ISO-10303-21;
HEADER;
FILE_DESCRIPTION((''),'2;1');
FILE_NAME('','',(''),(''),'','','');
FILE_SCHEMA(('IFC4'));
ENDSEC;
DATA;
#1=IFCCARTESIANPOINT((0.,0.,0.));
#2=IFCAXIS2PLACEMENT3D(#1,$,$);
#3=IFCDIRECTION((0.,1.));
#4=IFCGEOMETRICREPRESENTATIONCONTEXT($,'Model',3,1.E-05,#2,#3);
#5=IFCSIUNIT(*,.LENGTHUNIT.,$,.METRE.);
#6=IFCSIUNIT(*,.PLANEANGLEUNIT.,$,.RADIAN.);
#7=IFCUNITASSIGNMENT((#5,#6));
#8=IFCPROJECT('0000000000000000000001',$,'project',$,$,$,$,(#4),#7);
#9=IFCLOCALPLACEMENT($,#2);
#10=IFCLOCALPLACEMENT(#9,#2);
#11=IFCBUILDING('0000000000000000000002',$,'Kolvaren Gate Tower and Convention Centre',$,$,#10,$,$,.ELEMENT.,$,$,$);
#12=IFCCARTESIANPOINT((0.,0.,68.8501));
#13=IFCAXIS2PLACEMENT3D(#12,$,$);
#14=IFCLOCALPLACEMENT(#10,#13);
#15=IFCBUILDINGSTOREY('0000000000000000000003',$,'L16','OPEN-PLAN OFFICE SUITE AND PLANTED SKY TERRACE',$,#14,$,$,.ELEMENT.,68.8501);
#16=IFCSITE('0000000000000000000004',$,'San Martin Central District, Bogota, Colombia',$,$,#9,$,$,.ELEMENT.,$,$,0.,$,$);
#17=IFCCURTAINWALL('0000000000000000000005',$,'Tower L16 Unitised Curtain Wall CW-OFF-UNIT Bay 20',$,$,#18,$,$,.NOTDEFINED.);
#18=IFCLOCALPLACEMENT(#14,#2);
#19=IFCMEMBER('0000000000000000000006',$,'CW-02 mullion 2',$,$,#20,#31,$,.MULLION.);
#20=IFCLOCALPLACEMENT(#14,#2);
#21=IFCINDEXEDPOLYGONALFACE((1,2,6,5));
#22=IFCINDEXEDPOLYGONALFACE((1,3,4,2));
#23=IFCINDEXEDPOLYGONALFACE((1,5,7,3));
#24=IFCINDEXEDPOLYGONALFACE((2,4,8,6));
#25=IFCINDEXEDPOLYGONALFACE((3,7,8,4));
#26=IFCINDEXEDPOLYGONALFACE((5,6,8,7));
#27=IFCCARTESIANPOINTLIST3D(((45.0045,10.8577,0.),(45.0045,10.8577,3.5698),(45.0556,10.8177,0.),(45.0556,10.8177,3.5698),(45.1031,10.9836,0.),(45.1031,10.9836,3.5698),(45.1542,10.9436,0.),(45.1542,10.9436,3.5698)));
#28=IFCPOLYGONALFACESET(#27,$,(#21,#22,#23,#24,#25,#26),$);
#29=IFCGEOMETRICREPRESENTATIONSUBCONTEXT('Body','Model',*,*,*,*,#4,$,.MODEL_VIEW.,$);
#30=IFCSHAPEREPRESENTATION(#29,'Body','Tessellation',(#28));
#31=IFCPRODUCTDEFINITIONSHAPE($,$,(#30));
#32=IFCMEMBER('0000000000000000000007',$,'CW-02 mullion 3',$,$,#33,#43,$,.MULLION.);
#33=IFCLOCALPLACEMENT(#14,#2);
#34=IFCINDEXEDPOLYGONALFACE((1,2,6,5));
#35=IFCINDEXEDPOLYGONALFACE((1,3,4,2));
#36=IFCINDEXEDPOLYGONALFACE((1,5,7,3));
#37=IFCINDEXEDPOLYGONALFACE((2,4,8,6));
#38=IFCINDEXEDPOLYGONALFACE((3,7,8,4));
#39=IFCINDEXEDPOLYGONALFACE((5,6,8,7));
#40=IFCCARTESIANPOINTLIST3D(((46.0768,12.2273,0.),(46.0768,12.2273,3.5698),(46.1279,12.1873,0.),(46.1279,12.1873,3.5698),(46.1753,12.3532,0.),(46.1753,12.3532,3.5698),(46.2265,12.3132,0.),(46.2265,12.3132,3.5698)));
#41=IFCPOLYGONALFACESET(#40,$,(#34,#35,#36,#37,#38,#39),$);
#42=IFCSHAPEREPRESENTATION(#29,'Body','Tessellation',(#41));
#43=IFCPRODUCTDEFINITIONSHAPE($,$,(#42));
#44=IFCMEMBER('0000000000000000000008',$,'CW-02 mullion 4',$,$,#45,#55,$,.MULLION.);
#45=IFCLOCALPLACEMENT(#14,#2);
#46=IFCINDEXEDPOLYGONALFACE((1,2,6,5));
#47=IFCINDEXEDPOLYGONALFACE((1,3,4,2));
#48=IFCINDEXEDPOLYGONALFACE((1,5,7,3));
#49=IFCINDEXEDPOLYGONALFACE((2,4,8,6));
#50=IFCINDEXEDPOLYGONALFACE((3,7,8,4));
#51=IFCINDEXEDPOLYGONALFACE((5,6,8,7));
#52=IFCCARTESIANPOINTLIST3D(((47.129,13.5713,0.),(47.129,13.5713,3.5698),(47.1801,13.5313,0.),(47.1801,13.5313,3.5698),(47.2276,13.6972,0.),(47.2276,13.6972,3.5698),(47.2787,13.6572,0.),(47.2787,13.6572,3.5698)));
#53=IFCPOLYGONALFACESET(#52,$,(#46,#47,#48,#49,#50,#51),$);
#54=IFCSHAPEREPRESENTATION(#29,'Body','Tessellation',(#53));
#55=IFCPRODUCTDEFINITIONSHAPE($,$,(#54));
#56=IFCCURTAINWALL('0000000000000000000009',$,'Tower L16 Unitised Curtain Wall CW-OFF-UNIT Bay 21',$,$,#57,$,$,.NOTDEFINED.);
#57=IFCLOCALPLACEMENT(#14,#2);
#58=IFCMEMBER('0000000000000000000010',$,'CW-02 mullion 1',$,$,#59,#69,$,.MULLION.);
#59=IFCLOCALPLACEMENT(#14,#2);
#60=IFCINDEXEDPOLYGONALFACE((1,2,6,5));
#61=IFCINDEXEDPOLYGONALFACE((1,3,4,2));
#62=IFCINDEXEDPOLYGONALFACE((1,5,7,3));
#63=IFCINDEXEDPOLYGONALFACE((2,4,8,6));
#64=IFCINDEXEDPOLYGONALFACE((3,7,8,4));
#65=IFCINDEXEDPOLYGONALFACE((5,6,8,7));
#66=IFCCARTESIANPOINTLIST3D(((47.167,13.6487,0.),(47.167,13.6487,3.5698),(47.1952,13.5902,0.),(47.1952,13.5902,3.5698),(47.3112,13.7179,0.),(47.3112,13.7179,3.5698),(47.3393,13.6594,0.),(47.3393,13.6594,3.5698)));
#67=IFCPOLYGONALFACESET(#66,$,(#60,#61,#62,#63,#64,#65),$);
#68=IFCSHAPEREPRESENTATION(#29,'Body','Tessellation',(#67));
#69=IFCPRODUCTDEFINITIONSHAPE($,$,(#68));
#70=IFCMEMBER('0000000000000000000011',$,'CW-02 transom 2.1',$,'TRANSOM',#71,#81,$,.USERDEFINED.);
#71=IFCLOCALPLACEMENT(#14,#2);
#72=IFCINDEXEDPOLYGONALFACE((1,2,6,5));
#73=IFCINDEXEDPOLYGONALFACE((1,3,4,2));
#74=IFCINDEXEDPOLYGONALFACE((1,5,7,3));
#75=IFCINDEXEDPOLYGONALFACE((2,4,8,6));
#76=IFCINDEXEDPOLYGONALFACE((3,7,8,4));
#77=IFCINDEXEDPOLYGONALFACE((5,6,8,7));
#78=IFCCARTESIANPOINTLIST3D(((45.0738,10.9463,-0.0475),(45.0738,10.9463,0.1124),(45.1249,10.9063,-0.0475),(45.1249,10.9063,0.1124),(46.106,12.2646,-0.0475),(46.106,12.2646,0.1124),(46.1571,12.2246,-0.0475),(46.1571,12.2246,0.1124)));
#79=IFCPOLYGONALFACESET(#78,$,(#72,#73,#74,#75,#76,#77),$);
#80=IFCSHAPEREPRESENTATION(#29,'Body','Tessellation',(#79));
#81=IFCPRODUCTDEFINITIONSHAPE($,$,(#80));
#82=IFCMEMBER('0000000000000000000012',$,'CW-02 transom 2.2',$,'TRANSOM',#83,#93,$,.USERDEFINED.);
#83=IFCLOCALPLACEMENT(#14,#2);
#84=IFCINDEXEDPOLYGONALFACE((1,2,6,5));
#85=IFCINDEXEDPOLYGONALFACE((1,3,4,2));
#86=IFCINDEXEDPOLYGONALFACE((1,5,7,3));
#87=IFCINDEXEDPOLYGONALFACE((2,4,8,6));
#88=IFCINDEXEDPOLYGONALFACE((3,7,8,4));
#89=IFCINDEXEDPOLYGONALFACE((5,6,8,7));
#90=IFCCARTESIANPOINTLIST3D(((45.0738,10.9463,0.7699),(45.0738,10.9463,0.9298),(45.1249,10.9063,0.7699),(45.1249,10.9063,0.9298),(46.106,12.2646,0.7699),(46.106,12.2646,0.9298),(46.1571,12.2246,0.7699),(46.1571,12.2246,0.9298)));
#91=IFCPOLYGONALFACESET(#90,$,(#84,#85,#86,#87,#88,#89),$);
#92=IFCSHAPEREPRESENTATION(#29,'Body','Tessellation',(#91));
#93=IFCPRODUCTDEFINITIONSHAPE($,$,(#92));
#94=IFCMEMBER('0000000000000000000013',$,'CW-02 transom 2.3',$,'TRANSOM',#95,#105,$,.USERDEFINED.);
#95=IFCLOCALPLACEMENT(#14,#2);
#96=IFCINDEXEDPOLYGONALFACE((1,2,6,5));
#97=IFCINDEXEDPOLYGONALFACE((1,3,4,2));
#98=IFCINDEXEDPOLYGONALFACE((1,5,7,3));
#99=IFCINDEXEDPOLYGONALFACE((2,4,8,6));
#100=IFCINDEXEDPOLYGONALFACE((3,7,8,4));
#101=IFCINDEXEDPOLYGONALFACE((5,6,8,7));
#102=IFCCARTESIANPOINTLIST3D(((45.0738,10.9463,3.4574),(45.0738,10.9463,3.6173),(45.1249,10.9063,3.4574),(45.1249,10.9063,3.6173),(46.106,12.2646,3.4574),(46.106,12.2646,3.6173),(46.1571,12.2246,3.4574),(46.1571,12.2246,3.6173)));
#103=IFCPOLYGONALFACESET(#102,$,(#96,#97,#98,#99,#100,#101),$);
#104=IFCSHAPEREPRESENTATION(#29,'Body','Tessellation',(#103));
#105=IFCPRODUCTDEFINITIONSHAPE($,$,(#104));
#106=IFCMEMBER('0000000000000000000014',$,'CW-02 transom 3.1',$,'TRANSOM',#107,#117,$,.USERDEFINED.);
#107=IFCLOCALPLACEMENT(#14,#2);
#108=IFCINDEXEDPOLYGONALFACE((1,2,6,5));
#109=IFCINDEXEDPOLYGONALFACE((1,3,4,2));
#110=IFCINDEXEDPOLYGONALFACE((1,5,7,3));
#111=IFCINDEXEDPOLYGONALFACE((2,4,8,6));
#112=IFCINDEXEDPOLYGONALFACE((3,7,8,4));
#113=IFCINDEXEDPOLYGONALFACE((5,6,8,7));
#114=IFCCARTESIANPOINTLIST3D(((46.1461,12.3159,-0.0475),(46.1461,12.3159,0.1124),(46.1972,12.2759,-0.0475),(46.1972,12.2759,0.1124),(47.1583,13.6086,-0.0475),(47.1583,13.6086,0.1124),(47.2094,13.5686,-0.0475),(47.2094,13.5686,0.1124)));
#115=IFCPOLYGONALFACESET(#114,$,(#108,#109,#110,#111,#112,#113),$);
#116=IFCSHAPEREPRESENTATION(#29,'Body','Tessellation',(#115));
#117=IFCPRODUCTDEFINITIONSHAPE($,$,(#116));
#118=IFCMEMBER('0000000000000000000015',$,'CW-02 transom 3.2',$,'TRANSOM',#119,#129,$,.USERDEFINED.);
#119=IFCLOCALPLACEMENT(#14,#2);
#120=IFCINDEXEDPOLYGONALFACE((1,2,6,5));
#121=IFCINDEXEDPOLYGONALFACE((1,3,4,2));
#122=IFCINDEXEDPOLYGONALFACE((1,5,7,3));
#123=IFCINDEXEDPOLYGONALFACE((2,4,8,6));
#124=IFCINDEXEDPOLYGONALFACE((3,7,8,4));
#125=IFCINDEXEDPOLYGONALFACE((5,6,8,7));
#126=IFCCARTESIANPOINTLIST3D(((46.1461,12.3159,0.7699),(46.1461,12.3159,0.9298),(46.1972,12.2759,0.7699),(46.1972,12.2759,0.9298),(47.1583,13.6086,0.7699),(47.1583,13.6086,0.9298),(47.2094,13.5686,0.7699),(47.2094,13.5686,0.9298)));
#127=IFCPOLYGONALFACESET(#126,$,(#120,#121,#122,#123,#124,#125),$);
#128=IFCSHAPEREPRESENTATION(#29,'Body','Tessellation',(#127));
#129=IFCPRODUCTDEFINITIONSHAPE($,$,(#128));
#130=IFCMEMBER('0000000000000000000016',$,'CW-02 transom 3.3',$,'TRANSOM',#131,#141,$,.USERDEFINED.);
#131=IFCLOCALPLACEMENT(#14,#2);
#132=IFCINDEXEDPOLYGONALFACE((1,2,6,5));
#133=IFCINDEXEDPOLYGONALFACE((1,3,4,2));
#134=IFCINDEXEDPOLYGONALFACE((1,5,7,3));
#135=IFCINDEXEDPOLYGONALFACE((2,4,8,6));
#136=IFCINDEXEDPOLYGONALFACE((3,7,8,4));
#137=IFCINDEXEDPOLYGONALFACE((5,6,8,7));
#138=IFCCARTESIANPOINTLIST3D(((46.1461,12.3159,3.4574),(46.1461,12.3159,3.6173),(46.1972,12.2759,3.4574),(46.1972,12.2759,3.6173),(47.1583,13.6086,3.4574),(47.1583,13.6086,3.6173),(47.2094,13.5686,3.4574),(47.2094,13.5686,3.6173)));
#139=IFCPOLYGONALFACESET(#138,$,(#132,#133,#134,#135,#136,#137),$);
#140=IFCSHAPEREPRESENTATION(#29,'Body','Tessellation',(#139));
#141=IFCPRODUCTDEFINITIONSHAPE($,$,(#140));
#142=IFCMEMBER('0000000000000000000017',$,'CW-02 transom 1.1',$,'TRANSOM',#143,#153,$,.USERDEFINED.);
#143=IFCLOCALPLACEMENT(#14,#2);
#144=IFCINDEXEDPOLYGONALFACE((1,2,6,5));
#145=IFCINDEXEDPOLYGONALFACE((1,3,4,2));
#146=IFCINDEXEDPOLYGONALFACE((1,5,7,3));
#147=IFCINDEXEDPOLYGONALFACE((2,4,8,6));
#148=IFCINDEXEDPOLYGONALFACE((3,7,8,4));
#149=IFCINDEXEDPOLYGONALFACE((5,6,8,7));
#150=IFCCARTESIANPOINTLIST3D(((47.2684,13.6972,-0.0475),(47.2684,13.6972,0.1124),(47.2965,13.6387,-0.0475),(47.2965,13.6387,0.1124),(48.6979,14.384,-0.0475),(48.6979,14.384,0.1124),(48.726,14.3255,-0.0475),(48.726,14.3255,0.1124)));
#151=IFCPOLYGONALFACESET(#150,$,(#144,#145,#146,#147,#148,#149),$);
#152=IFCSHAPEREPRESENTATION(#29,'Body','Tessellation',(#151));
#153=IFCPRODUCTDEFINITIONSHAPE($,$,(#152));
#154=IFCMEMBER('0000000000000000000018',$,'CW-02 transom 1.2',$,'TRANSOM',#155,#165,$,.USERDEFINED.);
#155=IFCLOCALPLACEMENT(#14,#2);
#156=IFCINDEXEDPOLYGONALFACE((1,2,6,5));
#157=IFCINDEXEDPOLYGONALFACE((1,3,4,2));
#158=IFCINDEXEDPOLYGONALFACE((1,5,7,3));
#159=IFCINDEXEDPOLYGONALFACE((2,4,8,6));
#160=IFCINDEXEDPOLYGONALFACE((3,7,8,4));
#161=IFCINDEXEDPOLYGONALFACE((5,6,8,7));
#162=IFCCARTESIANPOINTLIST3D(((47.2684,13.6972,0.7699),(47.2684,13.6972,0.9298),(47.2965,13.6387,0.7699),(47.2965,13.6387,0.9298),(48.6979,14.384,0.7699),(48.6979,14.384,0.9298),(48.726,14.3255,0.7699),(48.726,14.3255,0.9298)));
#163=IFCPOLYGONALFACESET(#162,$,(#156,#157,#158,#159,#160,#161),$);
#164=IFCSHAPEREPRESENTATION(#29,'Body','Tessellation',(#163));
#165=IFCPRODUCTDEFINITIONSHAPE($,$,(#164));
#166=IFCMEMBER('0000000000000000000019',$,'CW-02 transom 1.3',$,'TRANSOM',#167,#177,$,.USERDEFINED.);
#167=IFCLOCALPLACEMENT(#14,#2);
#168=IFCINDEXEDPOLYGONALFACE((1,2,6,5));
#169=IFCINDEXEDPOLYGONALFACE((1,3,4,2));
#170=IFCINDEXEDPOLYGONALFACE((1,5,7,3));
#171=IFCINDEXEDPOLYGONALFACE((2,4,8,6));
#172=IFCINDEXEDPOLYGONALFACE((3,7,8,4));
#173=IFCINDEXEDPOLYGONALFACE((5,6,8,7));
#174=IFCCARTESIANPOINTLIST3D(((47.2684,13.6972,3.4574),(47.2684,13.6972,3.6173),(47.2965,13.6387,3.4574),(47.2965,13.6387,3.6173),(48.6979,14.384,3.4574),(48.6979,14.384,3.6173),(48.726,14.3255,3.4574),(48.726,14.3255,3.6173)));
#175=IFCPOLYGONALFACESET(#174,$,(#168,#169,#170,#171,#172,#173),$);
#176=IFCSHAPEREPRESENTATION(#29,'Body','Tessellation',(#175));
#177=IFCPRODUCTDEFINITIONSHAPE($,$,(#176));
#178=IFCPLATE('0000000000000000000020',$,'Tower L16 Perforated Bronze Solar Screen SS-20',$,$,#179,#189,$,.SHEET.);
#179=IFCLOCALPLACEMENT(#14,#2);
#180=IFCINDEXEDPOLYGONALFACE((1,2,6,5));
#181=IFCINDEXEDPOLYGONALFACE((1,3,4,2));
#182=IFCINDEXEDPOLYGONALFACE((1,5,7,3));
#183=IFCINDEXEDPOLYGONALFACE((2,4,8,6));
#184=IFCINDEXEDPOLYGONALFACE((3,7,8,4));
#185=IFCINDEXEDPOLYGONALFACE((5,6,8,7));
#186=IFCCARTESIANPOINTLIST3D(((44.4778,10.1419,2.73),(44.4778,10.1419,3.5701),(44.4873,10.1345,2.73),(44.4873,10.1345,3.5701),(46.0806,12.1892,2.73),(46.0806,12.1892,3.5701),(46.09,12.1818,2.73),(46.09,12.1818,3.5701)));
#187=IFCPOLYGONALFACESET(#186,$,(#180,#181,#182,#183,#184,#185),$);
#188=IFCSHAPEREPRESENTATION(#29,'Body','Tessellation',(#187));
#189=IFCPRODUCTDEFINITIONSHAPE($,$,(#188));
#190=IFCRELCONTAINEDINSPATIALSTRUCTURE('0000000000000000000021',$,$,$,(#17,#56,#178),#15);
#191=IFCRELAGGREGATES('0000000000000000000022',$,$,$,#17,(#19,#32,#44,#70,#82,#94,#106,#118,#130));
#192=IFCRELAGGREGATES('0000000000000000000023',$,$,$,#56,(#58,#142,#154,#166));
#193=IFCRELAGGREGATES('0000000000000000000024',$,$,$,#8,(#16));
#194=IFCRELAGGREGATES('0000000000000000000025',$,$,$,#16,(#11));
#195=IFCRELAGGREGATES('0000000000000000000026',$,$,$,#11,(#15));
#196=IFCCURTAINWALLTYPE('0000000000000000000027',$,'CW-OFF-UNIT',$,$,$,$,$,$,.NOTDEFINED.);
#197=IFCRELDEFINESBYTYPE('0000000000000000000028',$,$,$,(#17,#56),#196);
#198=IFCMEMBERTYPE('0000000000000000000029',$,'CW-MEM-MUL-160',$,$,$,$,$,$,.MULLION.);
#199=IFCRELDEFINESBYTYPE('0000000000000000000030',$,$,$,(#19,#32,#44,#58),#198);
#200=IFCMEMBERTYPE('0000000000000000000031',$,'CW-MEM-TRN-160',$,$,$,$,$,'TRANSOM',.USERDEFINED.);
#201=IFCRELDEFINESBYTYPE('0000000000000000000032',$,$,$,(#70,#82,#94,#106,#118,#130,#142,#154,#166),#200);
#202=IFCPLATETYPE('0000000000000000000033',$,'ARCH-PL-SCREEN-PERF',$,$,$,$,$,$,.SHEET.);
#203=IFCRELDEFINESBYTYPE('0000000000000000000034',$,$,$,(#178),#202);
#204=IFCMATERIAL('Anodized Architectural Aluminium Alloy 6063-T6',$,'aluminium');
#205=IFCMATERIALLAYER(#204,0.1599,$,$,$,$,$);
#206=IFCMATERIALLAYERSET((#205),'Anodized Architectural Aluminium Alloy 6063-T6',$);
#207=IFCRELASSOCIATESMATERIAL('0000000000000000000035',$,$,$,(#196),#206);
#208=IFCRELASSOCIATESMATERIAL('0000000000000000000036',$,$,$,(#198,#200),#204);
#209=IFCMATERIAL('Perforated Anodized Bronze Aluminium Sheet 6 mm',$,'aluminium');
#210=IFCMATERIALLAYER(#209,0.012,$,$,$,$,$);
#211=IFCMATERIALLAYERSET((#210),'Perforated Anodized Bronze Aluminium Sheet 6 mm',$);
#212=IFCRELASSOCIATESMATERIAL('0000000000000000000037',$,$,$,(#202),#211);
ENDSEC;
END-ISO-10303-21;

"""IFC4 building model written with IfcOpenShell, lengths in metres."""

from ifc_helpers import new_model, si_unit, direction, frame, origin, origin_2d, place, context, subcontext, project, spatial, rectangle, extrude, material, layer, layer_set, material_profile, profile_set, type_object, element, aggregate, save


model = new_model("IFC4")

# Units and contexts
model_context = context("Model", 3, precision=1e-05, world=origin(), true_north=direction((0.0, 1.0)))
body_context = subcontext(model_context, "Body", "Model", "MODEL_VIEW")
ifc_project = project(units=[si_unit("LENGTHUNIT", "METRE"), si_unit("PLANEANGLEUNIT", "RADIAN")], contexts=[model_context])

# Site, building, storey
site_placement = place(None, origin())
site = spatial("IfcSite", under=ifc_project, at=site_placement, Name="San Martin Central District, Bogota, Colombia", CompositionType="ELEMENT", RefElevation=0.0)
building_placement = place(site_placement, origin())
building = spatial("IfcBuilding", under=site, at=building_placement, Name="Kolvaren Gate Tower and Convention Centre", CompositionType="ELEMENT")
storey_placement = place(building_placement, frame((0.0, 0.0, 68.8501)))
storey = spatial("IfcBuildingStorey", under=building, at=storey_placement, Name="L16", Description="OPEN-PLAN OFFICE SUITE AND PLANTED SKY TERRACE", CompositionType="ELEMENT", Elevation=68.8501)

# Curtain wall, members
ifc_material_1 = material(Name="Anodized Architectural Aluminium Alloy 6063-T6", Category="aluminium")
ifc_layer_1 = layer(ifc_material_1, 0.1599)
ifc_layer_set_1 = layer_set([ifc_layer_1], Name="Anodized Architectural Aluminium Alloy 6063-T6")
curtain_wall_type = type_object("IfcCurtainWallType", Name="CW-OFF-UNIT", PredefinedType="NOTDEFINED", material=ifc_layer_set_1)
curtain_wall_1_placement = place(storey_placement, origin())
curtain_wall_1 = element("IfcCurtainWall", 1, at=curtain_wall_1_placement, inside=storey, type_object=curtain_wall_type, Name="Tower L16 Unitised Curtain Wall CW-OFF-UNIT Bay 20", PredefinedType="NOTDEFINED")
ifc_material_profile_1 = material_profile(ifc_material_1, rectangle(XDim=0.0649, YDim=0.1599, at=origin_2d()), Name="CW-MEM-MUL-160")
ifc_profile_set_1 = profile_set([ifc_material_profile_1], Name="Anodized Architectural Aluminium Alloy 6063-T6")
member_type_1 = type_object("IfcMemberType", Name="CW-MEM-MUL-160", PredefinedType="MULLION", material=ifc_profile_set_1)
member_1_placement = place(storey_placement, frame((45.0793, 10.9006, 0.0), z_axis=(0.0, 0.0, 1.0), x_axis=(-0.787406, 0.616434, 0.0)))
member_1 = element("IfcMember", 2, at=member_1_placement, type_object=member_type_1, Name="CW-02 mullion 2", PredefinedType="MULLION", context=body_context, shape_type="SweptSolid", body=[
    extrude(rectangle(XDim=0.0649, YDim=0.1599, at=origin_2d()), origin(), (0.0, 0.0, 1.0), 3.5698),
])
member_2_placement = place(storey_placement, frame((46.1516, 12.2703, 0.0), z_axis=(0.0, 0.0, 1.0), x_axis=(-0.787406, 0.616434, 0.0)))
member_2 = element("IfcMember", 3, at=member_2_placement, type_object=member_type_1, Name="CW-02 mullion 3", PredefinedType="MULLION", context=body_context, shape_type="SweptSolid", body=[
    extrude(rectangle(XDim=0.0649, YDim=0.1599, at=origin_2d()), origin(), (0.0, 0.0, 1.0), 3.5698),
])
member_3_placement = place(storey_placement, frame((47.2039, 13.6143, 0.0), z_axis=(0.0, 0.0, 1.0), x_axis=(-0.787406, 0.616434, 0.0)))
member_3 = element("IfcMember", 4, at=member_3_placement, type_object=member_type_1, Name="CW-02 mullion 4", PredefinedType="MULLION", context=body_context, shape_type="SweptSolid", body=[
    extrude(rectangle(XDim=0.0649, YDim=0.1599, at=origin_2d()), origin(), (0.0, 0.0, 1.0), 3.5698),
])

# Curtain wall, member
curtain_wall_2_placement = place(storey_placement, origin())
curtain_wall_2 = element("IfcCurtainWall", 5, at=curtain_wall_2_placement, inside=storey, type_object=curtain_wall_type, Name="Tower L16 Unitised Curtain Wall CW-OFF-UNIT Bay 21", PredefinedType="NOTDEFINED")
member_4_placement = place(storey_placement, frame((47.2532, 13.6541, 0.0), z_axis=(0.0, 0.0, 1.0), x_axis=(-0.433067, 0.901362, 0.0)))
member_4 = element("IfcMember", 6, at=member_4_placement, type_object=member_type_1, Name="CW-02 mullion 1", PredefinedType="MULLION", context=body_context, shape_type="SweptSolid", body=[
    extrude(rectangle(XDim=0.0649, YDim=0.1599, at=origin_2d()), origin(), (0.0, 0.0, 1.0), 3.5698),
])

# Members
ifc_material_profile_2 = material_profile(ifc_material_1, rectangle(XDim=0.0649, YDim=0.1599, at=origin_2d()), Name="CW-MEM-TRN-160")
ifc_profile_set_2 = profile_set([ifc_material_profile_2], Name="Anodized Architectural Aluminium Alloy 6063-T6")
member_type_2 = type_object("IfcMemberType", Name="CW-MEM-TRN-160", ElementType="TRANSOM", PredefinedType="USERDEFINED", material=ifc_profile_set_2)
member_5_placement = place(storey_placement, frame((45.0994, 10.9263, 0.0325), z_axis=(0.616481, 0.78737, 0.0), x_axis=(-0.78737, 0.616481, 0.0)))
member_5 = element("IfcMember", 7, at=member_5_placement, type_object=member_type_2, Name="CW-02 transom 2.1", ObjectType="TRANSOM", PredefinedType="USERDEFINED", context=body_context, shape_type="SweptSolid", body=[
    extrude(rectangle(XDim=0.0649, YDim=0.1599, at=origin_2d()), origin(), (0.0, 0.0, 1.0), 1.6743),
])
member_6_placement = place(storey_placement, frame((45.0994, 10.9263, 0.8499), z_axis=(0.616481, 0.78737, 0.0), x_axis=(-0.78737, 0.616481, 0.0)))
member_6 = element("IfcMember", 8, at=member_6_placement, type_object=member_type_2, Name="CW-02 transom 2.2", ObjectType="TRANSOM", PredefinedType="USERDEFINED", context=body_context, shape_type="SweptSolid", body=[
    extrude(rectangle(XDim=0.0649, YDim=0.1599, at=origin_2d()), origin(), (0.0, 0.0, 1.0), 1.6743),
])
member_7_placement = place(storey_placement, frame((45.0994, 10.9263, 3.5374), z_axis=(0.616481, 0.78737, 0.0), x_axis=(-0.78737, 0.616481, 0.0)))
member_7 = element("IfcMember", 9, at=member_7_placement, type_object=member_type_2, Name="CW-02 transom 2.3", ObjectType="TRANSOM", PredefinedType="USERDEFINED", context=body_context, shape_type="SweptSolid", body=[
    extrude(rectangle(XDim=0.0649, YDim=0.1599, at=origin_2d()), origin(), (0.0, 0.0, 1.0), 1.6743),
])
member_8_placement = place(storey_placement, frame((46.1716, 12.2959, 0.0325), z_axis=(0.616501, 0.787354, 0.0), x_axis=(-0.787354, 0.616501, 0.0)))
member_8 = element("IfcMember", 10, at=member_8_placement, type_object=member_type_2, Name="CW-02 transom 3.1", ObjectType="TRANSOM", PredefinedType="USERDEFINED", context=body_context, shape_type="SweptSolid", body=[
    extrude(rectangle(XDim=0.0649, YDim=0.1599, at=origin_2d()), origin(), (0.0, 0.0, 1.0), 1.6418),
])
member_9_placement = place(storey_placement, frame((46.1716, 12.2959, 0.8499), z_axis=(0.616501, 0.787354, 0.0), x_axis=(-0.787354, 0.616501, 0.0)))
member_9 = element("IfcMember", 11, at=member_9_placement, type_object=member_type_2, Name="CW-02 transom 3.2", ObjectType="TRANSOM", PredefinedType="USERDEFINED", context=body_context, shape_type="SweptSolid", body=[
    extrude(rectangle(XDim=0.0649, YDim=0.1599, at=origin_2d()), origin(), (0.0, 0.0, 1.0), 1.6418),
])
member_10_placement = place(storey_placement, frame((46.1716, 12.2959, 3.5374), z_axis=(0.616501, 0.787354, 0.0), x_axis=(-0.787354, 0.616501, 0.0)))
member_10 = element("IfcMember", 12, at=member_10_placement, type_object=member_type_2, Name="CW-02 transom 3.3", ObjectType="TRANSOM", PredefinedType="USERDEFINED", context=body_context, shape_type="SweptSolid", body=[
    extrude(rectangle(XDim=0.0649, YDim=0.1599, at=origin_2d()), origin(), (0.0, 0.0, 1.0), 1.6418),
])
member_11_placement = place(storey_placement, frame((47.2825, 13.668, 0.0325), z_axis=(0.901367, 0.433056, 0.0), x_axis=(-0.433056, 0.901367, 0.0)))
member_11 = element("IfcMember", 13, at=member_11_placement, type_object=member_type_2, Name="CW-02 transom 1.1", ObjectType="TRANSOM", PredefinedType="USERDEFINED", context=body_context, shape_type="SweptSolid", body=[
    extrude(rectangle(XDim=0.0649, YDim=0.1599, at=origin_2d()), origin(), (0.0, 0.0, 1.0), 1.5859),
])
member_12_placement = place(storey_placement, frame((47.2825, 13.668, 0.8499), z_axis=(0.901367, 0.433056, 0.0), x_axis=(-0.433056, 0.901367, 0.0)))
member_12 = element("IfcMember", 14, at=member_12_placement, type_object=member_type_2, Name="CW-02 transom 1.2", ObjectType="TRANSOM", PredefinedType="USERDEFINED", context=body_context, shape_type="SweptSolid", body=[
    extrude(rectangle(XDim=0.0649, YDim=0.1599, at=origin_2d()), origin(), (0.0, 0.0, 1.0), 1.5859),
])
member_13_placement = place(storey_placement, frame((47.2825, 13.668, 3.5374), z_axis=(0.901367, 0.433056, 0.0), x_axis=(-0.433056, 0.901367, 0.0)))
member_13 = element("IfcMember", 15, at=member_13_placement, type_object=member_type_2, Name="CW-02 transom 1.3", ObjectType="TRANSOM", PredefinedType="USERDEFINED", context=body_context, shape_type="SweptSolid", body=[
    extrude(rectangle(XDim=0.0649, YDim=0.1599, at=origin_2d()), origin(), (0.0, 0.0, 1.0), 1.5859),
])

# Plate
ifc_material_2 = material(Name="Perforated Anodized Bronze Aluminium Sheet 6 mm", Category="aluminium")
ifc_layer_2 = layer(ifc_material_2, 0.012)
ifc_layer_set_2 = layer_set([ifc_layer_2], Name="Perforated Anodized Bronze Aluminium Sheet 6 mm")
plate_type_1 = type_object("IfcPlateType", Name="ARCH-PL-SCREEN-PERF", PredefinedType="SHEET", material=ifc_layer_set_2)
plate_1_placement = place(storey_placement, frame((45.2839, 11.1619, 2.73), z_axis=(0.0, 0.0, 1.0), x_axis=(0.616431, 0.787409, 0.0)))
element("IfcPlate", 16, at=plate_1_placement, inside=storey, type_object=plate_type_1, Name="Tower L16 Perforated Bronze Solar Screen SS-20", PredefinedType="SHEET", context=body_context, shape_type="SweptSolid", body=[
    extrude(rectangle(XDim=2.6001, YDim=0.012, at=origin_2d()), origin(), (0.0, 0.0, 1.0), 0.8401),
])
aggregate(curtain_wall_1, [member_1, member_2, member_3, member_5, member_6, member_7, member_8, member_9, member_10])
aggregate(curtain_wall_2, [member_4, member_11, member_12, member_13])

save(model, "model.ifc")
